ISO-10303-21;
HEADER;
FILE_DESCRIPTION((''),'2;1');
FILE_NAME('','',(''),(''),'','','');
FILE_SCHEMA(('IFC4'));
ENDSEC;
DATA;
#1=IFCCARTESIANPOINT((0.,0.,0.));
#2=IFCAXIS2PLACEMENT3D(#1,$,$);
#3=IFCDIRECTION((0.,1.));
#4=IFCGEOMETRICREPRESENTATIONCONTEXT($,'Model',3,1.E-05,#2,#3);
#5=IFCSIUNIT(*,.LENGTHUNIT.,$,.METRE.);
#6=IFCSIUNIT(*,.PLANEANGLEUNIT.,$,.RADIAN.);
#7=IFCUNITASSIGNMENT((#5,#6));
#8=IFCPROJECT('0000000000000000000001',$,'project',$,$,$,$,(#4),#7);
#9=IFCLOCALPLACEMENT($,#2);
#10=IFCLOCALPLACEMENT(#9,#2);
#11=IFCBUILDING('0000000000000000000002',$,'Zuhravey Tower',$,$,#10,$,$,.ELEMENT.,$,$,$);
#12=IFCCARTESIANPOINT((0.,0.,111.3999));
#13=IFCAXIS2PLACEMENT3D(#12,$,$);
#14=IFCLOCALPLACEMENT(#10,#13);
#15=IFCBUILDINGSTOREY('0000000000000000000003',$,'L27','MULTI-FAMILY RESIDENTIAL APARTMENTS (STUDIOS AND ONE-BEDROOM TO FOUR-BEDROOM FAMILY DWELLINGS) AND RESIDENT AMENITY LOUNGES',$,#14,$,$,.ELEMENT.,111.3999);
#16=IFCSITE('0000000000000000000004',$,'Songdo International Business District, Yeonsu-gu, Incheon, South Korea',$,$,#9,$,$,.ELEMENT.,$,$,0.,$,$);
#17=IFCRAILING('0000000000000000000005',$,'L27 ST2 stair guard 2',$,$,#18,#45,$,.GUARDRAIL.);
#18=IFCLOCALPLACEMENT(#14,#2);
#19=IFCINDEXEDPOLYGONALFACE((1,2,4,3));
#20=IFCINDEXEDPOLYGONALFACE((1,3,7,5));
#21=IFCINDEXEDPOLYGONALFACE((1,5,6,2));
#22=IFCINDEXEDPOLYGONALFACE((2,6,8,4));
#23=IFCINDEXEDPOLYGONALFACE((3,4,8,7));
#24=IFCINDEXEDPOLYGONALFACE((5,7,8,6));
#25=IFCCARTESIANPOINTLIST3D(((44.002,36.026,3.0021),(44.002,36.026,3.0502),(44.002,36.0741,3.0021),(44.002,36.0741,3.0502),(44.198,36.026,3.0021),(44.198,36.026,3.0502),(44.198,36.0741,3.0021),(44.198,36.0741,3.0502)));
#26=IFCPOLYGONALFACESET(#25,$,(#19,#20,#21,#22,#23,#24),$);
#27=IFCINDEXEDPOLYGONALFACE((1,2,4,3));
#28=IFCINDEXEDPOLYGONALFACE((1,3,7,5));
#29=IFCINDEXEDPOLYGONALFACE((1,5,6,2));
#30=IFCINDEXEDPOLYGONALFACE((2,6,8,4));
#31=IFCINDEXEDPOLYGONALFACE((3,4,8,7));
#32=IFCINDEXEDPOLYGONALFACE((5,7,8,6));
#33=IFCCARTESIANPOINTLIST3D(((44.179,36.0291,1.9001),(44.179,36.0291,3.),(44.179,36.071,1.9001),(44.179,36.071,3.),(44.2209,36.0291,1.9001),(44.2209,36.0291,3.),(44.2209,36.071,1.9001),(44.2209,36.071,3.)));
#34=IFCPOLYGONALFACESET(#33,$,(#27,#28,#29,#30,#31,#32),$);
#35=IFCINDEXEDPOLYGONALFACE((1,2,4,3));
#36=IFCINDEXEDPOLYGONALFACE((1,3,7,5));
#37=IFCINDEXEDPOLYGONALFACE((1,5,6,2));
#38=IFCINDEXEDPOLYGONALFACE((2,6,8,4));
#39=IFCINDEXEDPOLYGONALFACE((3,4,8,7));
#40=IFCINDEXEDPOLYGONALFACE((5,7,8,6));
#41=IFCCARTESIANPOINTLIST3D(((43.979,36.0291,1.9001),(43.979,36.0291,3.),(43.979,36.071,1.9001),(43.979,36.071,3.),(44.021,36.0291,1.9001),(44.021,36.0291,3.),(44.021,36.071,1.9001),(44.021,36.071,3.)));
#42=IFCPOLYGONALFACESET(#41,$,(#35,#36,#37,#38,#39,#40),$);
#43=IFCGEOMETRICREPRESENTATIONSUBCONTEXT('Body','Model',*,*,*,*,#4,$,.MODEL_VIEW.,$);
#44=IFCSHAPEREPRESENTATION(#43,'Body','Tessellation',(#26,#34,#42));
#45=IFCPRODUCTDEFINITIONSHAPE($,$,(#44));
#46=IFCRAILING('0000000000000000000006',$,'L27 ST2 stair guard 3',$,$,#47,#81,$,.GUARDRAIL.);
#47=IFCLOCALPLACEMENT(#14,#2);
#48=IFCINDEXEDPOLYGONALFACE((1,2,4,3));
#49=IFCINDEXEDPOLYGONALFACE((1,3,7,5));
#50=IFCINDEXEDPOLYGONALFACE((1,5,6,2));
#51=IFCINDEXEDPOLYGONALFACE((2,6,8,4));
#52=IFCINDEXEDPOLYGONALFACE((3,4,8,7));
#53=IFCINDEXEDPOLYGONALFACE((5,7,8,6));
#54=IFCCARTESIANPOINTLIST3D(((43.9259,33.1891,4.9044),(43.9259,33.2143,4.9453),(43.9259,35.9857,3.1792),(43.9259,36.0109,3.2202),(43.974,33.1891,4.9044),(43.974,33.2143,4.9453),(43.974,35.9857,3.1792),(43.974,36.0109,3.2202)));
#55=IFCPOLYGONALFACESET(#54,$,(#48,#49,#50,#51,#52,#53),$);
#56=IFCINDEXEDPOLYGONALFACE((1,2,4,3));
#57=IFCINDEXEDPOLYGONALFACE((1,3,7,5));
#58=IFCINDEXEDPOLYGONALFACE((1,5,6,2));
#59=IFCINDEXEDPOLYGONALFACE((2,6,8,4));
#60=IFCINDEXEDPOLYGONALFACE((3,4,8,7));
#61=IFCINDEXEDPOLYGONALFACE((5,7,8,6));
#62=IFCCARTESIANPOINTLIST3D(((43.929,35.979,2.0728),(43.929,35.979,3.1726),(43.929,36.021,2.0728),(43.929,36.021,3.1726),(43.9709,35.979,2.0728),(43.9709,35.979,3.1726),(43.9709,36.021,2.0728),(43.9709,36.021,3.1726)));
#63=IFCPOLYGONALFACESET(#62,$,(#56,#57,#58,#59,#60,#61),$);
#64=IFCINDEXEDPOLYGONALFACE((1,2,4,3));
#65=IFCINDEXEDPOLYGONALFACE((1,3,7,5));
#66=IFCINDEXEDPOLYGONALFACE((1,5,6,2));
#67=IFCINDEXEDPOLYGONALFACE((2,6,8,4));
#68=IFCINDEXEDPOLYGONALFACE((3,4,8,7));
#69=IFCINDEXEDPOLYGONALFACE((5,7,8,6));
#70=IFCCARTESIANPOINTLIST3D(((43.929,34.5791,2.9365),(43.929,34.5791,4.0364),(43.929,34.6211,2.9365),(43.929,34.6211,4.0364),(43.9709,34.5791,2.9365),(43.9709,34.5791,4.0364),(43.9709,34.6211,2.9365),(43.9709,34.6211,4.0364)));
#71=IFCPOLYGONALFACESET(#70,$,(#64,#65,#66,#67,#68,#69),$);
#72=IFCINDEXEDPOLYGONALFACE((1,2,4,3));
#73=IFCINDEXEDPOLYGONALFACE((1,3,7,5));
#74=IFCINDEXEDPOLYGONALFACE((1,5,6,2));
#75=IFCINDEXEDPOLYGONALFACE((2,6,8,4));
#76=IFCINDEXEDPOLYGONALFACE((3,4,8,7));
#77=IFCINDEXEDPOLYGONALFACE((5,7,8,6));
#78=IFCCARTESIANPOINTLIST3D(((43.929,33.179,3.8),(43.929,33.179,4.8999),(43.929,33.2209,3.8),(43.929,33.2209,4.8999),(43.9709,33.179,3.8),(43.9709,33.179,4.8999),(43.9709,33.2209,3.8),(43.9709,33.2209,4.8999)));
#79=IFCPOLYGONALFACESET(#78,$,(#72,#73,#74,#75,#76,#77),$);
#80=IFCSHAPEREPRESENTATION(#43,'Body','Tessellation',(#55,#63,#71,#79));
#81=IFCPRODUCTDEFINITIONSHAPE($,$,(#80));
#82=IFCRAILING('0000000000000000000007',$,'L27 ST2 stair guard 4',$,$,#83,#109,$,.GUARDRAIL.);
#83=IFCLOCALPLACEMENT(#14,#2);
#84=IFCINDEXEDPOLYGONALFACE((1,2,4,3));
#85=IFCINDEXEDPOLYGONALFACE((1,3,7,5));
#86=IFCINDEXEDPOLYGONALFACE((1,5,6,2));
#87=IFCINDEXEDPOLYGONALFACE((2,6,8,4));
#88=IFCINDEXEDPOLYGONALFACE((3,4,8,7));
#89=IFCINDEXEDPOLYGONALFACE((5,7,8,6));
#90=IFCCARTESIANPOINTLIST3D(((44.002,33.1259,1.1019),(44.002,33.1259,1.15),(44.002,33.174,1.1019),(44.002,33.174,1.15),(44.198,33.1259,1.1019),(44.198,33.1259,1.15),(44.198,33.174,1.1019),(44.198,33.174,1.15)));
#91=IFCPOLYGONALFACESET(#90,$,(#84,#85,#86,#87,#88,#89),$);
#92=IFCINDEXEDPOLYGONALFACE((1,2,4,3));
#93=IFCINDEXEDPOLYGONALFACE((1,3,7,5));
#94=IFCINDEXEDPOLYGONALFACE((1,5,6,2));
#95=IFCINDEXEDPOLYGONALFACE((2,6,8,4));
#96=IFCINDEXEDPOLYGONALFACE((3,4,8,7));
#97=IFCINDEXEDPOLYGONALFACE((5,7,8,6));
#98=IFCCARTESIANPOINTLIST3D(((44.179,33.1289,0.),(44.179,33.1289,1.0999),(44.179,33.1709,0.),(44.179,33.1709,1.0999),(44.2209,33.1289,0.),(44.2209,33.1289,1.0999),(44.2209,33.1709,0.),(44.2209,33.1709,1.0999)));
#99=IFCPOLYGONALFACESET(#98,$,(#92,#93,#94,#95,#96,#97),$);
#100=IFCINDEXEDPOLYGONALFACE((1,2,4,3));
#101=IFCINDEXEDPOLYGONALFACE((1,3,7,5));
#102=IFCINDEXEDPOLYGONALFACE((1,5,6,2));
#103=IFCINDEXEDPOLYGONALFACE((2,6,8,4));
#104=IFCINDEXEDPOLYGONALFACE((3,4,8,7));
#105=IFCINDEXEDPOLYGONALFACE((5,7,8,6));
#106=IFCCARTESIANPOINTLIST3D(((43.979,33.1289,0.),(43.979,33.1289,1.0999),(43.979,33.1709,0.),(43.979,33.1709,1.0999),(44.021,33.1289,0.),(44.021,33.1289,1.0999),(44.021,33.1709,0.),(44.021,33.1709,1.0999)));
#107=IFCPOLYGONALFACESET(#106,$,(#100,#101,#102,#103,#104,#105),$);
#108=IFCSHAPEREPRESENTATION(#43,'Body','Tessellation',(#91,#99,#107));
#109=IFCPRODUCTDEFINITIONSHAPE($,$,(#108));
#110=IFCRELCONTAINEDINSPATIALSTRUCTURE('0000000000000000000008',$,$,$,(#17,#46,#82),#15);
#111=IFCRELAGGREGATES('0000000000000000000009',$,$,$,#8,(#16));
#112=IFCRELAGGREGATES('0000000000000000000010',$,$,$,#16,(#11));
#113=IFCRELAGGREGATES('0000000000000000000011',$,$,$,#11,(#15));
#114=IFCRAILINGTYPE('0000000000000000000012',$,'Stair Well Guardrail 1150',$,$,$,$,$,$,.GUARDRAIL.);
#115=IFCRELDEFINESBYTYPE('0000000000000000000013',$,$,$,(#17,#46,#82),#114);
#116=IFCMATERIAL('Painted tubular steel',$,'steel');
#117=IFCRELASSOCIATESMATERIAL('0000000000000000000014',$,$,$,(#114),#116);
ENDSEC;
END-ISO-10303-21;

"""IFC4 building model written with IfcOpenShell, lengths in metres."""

from ifc_helpers import new_model, si_unit, direction, frame, origin, origin_2d, place, context, subcontext, project, spatial, rectangle, extrude, material, type_object, element, save


model = new_model("IFC4")

# Units and contexts
model_context = context("Model", 3, precision=1e-05, world=origin(), true_north=direction((0.0, 1.0)))
body_context = subcontext(model_context, "Body", "Model", "MODEL_VIEW")
ifc_project = project(units=[si_unit("LENGTHUNIT", "METRE"), si_unit("PLANEANGLEUNIT", "RADIAN")], contexts=[model_context])

# Site, building, storey
site_placement = place(None, origin())
site = spatial("IfcSite", under=ifc_project, at=site_placement, Name="Songdo International Business District, Yeonsu-gu, Incheon, South Korea", CompositionType="ELEMENT", RefElevation=0.0)
building_placement = place(site_placement, origin())
building = spatial("IfcBuilding", under=site, at=building_placement, Name="Zuhravey Tower", CompositionType="ELEMENT")
storey_placement = place(building_placement, frame((0.0, 0.0, 111.3999)))
storey = spatial("IfcBuildingStorey", under=building, at=storey_placement, Name="L27", Description="MULTI-FAMILY RESIDENTIAL APARTMENTS (STUDIOS AND ONE-BEDROOM TO FOUR-BEDROOM FAMILY DWELLINGS) AND RESIDENT AMENITY LOUNGES", CompositionType="ELEMENT", Elevation=111.3999)

# Railings
ifc_material_1 = material(Name="Painted tubular steel", Category="steel")
railing_type_1 = type_object("IfcRailingType", Name="Stair Well Guardrail 1150", PredefinedType="GUARDRAIL", material=ifc_material_1)
railing_1_placement = place(storey_placement, frame((44.2, 36.05, 1.9001)))
element("IfcRailing", 1, at=railing_1_placement, inside=storey, type_object=railing_type_1, Name="L27 ST2 stair guard 2", PredefinedType="GUARDRAIL", context=body_context, shape_type="SweptSolid", body=[
    extrude(rectangle(XDim=0.0481, YDim=0.0481, at=origin_2d()), frame((-0.002, 0.0, 1.126), z_axis=(-1.0, 0.0, 0.0), x_axis=(0.0, -1.0, 0.0)), (0.0, 0.0, 1.0), 0.196),
    extrude(rectangle(XDim=0.042, YDim=0.042, at=origin_2d()), origin(), (0.0, 0.0, 1.0), 1.0999),
    extrude(rectangle(XDim=0.042, YDim=0.042, at=origin_2d()), frame((-0.2, 0.0, 0.0)), (0.0, 0.0, 1.0), 1.0999),
])
railing_2_placement = place(storey_placement, frame((43.95, 36.0, 2.0728)))
element("IfcRailing", 2, at=railing_2_placement, inside=storey, type_object=railing_type_1, Name="L27 ST2 stair guard 3", PredefinedType="GUARDRAIL", context=body_context, shape_type="SweptSolid", body=[
    extrude(rectangle(XDim=0.0481, YDim=0.0481, at=origin_2d()), frame((0.0, -0.0017, 1.127), z_axis=(0.0, -0.85109, 0.52502), x_axis=(1.0, 0.0, 0.0)), (0.0, 0.0, 1.0), 3.2859),
    extrude(rectangle(XDim=0.042, YDim=0.042, at=origin_2d()), origin(), (0.0, 0.0, 1.0), 1.0999),
    extrude(rectangle(XDim=0.042, YDim=0.042, at=origin_2d()), frame((0.0, -1.3999, 0.8638)), (0.0, 0.0, 1.0), 1.0999),
    extrude(rectangle(XDim=0.042, YDim=0.042, at=origin_2d()), frame((0.0, -2.8, 1.7273)), (0.0, 0.0, 1.0), 1.0999),
])
railing_3_placement = place(storey_placement, frame((44.2, 33.1499, 0.0)))
element("IfcRailing", 3, at=railing_3_placement, inside=storey, type_object=railing_type_1, Name="L27 ST2 stair guard 4", PredefinedType="GUARDRAIL", context=body_context, shape_type="SweptSolid", body=[
    extrude(rectangle(XDim=0.0481, YDim=0.0481, at=origin_2d()), frame((-0.002, 0.0, 1.126), z_axis=(-1.0, 0.0, 0.0), x_axis=(0.0, -1.0, 0.0)), (0.0, 0.0, 1.0), 0.196),
    extrude(rectangle(XDim=0.042, YDim=0.042, at=origin_2d()), origin(), (0.0, 0.0, 1.0), 1.0999),
    extrude(rectangle(XDim=0.042, YDim=0.042, at=origin_2d()), frame((-0.2, 0.0, 0.0)), (0.0, 0.0, 1.0), 1.0999),
])

save(model, "model.ifc")
